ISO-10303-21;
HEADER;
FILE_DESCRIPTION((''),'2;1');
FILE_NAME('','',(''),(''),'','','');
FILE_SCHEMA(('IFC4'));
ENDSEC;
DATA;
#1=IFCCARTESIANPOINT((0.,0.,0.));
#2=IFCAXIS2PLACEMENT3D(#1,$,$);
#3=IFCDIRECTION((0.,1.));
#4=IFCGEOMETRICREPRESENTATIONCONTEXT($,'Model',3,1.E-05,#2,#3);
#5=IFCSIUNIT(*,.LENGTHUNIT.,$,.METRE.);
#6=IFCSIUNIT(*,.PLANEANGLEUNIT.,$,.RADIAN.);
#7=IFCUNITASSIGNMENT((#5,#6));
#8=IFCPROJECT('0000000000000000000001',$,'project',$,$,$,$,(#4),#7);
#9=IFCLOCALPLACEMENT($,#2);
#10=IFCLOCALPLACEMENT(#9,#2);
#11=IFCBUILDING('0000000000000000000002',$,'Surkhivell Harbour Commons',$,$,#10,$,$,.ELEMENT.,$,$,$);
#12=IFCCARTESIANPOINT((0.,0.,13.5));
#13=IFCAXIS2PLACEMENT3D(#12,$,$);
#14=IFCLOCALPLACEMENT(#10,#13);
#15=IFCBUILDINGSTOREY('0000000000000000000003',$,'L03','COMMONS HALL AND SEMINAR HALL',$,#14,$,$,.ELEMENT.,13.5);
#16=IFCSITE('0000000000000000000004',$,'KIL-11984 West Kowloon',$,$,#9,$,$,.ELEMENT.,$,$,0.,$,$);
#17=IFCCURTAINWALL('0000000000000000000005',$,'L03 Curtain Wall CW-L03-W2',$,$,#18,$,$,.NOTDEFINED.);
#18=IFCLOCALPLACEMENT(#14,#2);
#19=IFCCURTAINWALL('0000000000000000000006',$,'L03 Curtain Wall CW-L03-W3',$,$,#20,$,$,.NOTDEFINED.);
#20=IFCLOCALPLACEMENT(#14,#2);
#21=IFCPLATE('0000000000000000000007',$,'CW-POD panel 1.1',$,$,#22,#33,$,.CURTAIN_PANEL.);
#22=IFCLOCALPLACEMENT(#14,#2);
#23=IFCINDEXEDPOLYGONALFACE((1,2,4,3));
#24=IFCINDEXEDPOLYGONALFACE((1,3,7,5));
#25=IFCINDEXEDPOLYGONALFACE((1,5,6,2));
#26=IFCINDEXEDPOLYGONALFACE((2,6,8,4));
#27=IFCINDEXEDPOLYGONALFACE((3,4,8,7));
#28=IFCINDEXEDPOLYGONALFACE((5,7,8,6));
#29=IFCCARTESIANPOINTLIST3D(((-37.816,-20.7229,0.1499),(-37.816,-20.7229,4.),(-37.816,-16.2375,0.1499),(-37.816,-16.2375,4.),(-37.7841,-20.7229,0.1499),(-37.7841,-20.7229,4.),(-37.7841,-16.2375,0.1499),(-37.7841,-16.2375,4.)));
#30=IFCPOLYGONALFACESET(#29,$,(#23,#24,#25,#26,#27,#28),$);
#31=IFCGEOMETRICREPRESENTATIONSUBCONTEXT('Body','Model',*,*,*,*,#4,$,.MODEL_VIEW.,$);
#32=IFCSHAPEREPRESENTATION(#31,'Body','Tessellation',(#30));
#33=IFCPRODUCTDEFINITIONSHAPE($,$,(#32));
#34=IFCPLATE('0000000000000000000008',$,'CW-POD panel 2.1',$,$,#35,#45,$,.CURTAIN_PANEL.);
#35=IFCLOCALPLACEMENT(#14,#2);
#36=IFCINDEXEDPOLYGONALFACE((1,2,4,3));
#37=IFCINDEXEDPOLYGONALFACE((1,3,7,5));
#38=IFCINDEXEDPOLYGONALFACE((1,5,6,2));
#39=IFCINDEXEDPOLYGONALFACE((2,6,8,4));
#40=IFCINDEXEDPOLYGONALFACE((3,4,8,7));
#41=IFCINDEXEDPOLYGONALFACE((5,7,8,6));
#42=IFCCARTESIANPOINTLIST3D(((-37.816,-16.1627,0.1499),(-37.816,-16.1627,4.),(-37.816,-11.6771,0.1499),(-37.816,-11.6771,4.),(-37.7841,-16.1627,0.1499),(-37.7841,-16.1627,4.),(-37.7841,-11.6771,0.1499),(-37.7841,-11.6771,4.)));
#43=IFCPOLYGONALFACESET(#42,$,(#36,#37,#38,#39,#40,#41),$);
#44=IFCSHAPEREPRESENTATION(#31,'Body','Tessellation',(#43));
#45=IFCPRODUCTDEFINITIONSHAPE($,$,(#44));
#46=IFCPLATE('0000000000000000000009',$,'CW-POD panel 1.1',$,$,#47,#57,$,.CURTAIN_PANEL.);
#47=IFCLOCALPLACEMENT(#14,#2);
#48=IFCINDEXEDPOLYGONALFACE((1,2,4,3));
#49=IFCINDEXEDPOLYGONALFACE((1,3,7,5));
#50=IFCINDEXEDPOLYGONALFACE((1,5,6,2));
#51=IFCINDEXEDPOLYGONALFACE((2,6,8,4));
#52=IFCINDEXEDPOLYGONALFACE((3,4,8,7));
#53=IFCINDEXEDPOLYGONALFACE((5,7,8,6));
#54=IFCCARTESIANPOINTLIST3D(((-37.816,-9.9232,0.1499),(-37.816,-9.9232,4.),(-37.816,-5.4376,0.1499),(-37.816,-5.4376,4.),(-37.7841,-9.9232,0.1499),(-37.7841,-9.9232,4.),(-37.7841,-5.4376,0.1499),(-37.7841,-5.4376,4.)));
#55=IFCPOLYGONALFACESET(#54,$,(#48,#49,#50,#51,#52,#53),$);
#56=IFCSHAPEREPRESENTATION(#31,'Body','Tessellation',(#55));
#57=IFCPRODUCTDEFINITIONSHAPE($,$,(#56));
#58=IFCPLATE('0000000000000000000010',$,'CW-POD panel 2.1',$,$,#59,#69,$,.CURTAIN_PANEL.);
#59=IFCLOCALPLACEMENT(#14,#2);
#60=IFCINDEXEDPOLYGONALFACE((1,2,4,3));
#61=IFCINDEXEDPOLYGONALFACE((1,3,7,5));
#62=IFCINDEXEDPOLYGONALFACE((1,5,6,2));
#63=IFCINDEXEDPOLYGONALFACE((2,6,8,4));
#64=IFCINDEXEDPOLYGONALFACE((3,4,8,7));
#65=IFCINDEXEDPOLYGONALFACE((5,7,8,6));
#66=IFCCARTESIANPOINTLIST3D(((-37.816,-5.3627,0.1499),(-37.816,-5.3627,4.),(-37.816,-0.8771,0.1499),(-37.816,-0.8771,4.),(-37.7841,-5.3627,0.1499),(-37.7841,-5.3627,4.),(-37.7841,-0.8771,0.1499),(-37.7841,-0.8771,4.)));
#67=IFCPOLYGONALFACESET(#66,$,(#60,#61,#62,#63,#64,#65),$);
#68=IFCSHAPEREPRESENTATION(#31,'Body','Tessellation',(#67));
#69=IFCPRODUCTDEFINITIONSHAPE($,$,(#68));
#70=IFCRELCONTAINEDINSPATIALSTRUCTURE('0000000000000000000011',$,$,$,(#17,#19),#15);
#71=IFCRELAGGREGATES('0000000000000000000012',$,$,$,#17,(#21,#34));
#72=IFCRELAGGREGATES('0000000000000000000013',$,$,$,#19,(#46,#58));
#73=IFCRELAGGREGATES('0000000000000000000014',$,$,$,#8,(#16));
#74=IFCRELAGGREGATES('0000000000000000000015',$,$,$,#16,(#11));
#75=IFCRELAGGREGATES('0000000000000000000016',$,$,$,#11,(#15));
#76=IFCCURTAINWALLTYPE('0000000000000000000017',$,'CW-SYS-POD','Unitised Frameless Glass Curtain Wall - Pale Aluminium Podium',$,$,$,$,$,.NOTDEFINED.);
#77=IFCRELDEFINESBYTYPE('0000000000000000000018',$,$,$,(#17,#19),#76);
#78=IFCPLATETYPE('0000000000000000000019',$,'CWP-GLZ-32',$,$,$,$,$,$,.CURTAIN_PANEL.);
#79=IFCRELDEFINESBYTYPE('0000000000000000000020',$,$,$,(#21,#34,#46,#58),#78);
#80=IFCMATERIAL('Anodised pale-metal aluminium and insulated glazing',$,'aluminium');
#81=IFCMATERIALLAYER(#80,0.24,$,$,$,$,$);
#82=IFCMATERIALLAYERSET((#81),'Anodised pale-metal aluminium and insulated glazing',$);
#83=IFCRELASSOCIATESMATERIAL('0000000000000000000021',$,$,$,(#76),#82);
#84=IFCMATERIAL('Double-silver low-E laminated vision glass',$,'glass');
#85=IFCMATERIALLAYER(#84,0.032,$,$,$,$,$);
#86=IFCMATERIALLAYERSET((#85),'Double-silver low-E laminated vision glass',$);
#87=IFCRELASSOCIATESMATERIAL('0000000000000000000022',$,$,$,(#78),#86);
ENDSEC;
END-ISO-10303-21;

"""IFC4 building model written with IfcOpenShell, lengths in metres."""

from ifc_helpers import new_model, si_unit, direction, frame, frame_2d, origin, place, context, subcontext, project, spatial, rectangle, extrude, material, layer, layer_set, type_object, element, aggregate, save


model = new_model("IFC4")

# Units and contexts
model_context = context("Model", 3, precision=1e-05, world=origin(), true_north=direction((0.0, 1.0)))
body_context = subcontext(model_context, "Body", "Model", "MODEL_VIEW")
ifc_project = project(units=[si_unit("LENGTHUNIT", "METRE"), si_unit("PLANEANGLEUNIT", "RADIAN")], contexts=[model_context])

# Site, building, storey
site_placement = place(None, origin())
site = spatial("IfcSite", under=ifc_project, at=site_placement, Name="KIL-11984 West Kowloon", CompositionType="ELEMENT", RefElevation=0.0)
building_placement = place(site_placement, origin())
building = spatial("IfcBuilding", under=site, at=building_placement, Name="Surkhivell Harbour Commons", CompositionType="ELEMENT")
storey_placement = place(building_placement, frame((0.0, 0.0, 13.5)))
storey = spatial("IfcBuildingStorey", under=building, at=storey_placement, Name="L03", Description="COMMONS HALL AND SEMINAR HALL", CompositionType="ELEMENT", Elevation=13.5)

# Shared definitions
ifc_material_1 = material(Name="Anodised pale-metal aluminium and insulated glazing", Category="aluminium")
ifc_layer_1 = layer(ifc_material_1, 0.24)
ifc_layer_set_1 = layer_set([ifc_layer_1], Name="Anodised pale-metal aluminium and insulated glazing")
curtain_wall_type = type_object("IfcCurtainWallType", Name="CW-SYS-POD", Description="Unitised Frameless Glass Curtain Wall - Pale Aluminium Podium", PredefinedType="NOTDEFINED", material=ifc_layer_set_1)

# Curtain walls
curtain_wall_1_placement = place(storey_placement, origin())
curtain_wall_1 = element("IfcCurtainWall", 1, at=curtain_wall_1_placement, inside=storey, type_object=curtain_wall_type, Name="L03 Curtain Wall CW-L03-W2", PredefinedType="NOTDEFINED")
curtain_wall_2_placement = place(storey_placement, origin())
curtain_wall_2 = element("IfcCurtainWall", 2, at=curtain_wall_2_placement, inside=storey, type_object=curtain_wall_type, Name="L03 Curtain Wall CW-L03-W3", PredefinedType="NOTDEFINED")

# Plates
ifc_material_2 = material(Name="Double-silver low-E laminated vision glass", Category="glass")
ifc_layer_2 = layer(ifc_material_2, 0.032)
ifc_layer_set_2 = layer_set([ifc_layer_2], Name="Double-silver low-E laminated vision glass")
plate_type = type_object("IfcPlateType", Name="CWP-GLZ-32", PredefinedType="CURTAIN_PANEL", material=ifc_layer_set_2)
plate_1_placement = place(storey_placement, frame((-37.8, -20.7229, 0.1499), z_axis=(0.0, 0.0, 1.0), x_axis=(0.0, 1.0, 0.0)))
plate_1 = element("IfcPlate", 3, at=plate_1_placement, type_object=plate_type, Name="CW-POD panel 1.1", PredefinedType="CURTAIN_PANEL", context=body_context, shape_type="SweptSolid", body=[
    extrude(rectangle(XDim=4.4854, YDim=0.032, at=frame_2d((2.2427, 0.0))), origin(), (0.0, 0.0, 1.0), 3.8501),
])
plate_2_placement = place(storey_placement, frame((-37.8, -16.1626, 0.1499), z_axis=(0.0, 0.0, 1.0), x_axis=(0.0, 1.0, 0.0)))
plate_2 = element("IfcPlate", 4, at=plate_2_placement, type_object=plate_type, Name="CW-POD panel 2.1", PredefinedType="CURTAIN_PANEL", context=body_context, shape_type="SweptSolid", body=[
    extrude(rectangle(XDim=4.4856, YDim=0.032, at=frame_2d((2.2427, 0.0))), origin(), (0.0, 0.0, 1.0), 3.8501),
])
aggregate(curtain_wall_1, [plate_1, plate_2])
plate_3_placement = place(storey_placement, frame((-37.8, -9.9231, 0.1499), z_axis=(0.0, 0.0, 1.0), x_axis=(0.0, 1.0, 0.0)))
plate_3 = element("IfcPlate", 5, at=plate_3_placement, type_object=plate_type, Name="CW-POD panel 1.1", PredefinedType="CURTAIN_PANEL", context=body_context, shape_type="SweptSolid", body=[
    extrude(rectangle(XDim=4.4856, YDim=0.032, at=frame_2d((2.2427, 0.0))), origin(), (0.0, 0.0, 1.0), 3.8501),
])
plate_4_placement = place(storey_placement, frame((-37.8, -5.3625, 0.1499), z_axis=(0.0, 0.0, 1.0), x_axis=(0.0, 1.0, 0.0)))
plate_4 = element("IfcPlate", 6, at=plate_4_placement, type_object=plate_type, Name="CW-POD panel 2.1", PredefinedType="CURTAIN_PANEL", context=body_context, shape_type="SweptSolid", body=[
    extrude(rectangle(XDim=4.4856, YDim=0.032, at=frame_2d((2.2427, 0.0))), origin(), (0.0, 0.0, 1.0), 3.8501),
])
aggregate(curtain_wall_2, [plate_3, plate_4])

save(model, "model.ifc")
